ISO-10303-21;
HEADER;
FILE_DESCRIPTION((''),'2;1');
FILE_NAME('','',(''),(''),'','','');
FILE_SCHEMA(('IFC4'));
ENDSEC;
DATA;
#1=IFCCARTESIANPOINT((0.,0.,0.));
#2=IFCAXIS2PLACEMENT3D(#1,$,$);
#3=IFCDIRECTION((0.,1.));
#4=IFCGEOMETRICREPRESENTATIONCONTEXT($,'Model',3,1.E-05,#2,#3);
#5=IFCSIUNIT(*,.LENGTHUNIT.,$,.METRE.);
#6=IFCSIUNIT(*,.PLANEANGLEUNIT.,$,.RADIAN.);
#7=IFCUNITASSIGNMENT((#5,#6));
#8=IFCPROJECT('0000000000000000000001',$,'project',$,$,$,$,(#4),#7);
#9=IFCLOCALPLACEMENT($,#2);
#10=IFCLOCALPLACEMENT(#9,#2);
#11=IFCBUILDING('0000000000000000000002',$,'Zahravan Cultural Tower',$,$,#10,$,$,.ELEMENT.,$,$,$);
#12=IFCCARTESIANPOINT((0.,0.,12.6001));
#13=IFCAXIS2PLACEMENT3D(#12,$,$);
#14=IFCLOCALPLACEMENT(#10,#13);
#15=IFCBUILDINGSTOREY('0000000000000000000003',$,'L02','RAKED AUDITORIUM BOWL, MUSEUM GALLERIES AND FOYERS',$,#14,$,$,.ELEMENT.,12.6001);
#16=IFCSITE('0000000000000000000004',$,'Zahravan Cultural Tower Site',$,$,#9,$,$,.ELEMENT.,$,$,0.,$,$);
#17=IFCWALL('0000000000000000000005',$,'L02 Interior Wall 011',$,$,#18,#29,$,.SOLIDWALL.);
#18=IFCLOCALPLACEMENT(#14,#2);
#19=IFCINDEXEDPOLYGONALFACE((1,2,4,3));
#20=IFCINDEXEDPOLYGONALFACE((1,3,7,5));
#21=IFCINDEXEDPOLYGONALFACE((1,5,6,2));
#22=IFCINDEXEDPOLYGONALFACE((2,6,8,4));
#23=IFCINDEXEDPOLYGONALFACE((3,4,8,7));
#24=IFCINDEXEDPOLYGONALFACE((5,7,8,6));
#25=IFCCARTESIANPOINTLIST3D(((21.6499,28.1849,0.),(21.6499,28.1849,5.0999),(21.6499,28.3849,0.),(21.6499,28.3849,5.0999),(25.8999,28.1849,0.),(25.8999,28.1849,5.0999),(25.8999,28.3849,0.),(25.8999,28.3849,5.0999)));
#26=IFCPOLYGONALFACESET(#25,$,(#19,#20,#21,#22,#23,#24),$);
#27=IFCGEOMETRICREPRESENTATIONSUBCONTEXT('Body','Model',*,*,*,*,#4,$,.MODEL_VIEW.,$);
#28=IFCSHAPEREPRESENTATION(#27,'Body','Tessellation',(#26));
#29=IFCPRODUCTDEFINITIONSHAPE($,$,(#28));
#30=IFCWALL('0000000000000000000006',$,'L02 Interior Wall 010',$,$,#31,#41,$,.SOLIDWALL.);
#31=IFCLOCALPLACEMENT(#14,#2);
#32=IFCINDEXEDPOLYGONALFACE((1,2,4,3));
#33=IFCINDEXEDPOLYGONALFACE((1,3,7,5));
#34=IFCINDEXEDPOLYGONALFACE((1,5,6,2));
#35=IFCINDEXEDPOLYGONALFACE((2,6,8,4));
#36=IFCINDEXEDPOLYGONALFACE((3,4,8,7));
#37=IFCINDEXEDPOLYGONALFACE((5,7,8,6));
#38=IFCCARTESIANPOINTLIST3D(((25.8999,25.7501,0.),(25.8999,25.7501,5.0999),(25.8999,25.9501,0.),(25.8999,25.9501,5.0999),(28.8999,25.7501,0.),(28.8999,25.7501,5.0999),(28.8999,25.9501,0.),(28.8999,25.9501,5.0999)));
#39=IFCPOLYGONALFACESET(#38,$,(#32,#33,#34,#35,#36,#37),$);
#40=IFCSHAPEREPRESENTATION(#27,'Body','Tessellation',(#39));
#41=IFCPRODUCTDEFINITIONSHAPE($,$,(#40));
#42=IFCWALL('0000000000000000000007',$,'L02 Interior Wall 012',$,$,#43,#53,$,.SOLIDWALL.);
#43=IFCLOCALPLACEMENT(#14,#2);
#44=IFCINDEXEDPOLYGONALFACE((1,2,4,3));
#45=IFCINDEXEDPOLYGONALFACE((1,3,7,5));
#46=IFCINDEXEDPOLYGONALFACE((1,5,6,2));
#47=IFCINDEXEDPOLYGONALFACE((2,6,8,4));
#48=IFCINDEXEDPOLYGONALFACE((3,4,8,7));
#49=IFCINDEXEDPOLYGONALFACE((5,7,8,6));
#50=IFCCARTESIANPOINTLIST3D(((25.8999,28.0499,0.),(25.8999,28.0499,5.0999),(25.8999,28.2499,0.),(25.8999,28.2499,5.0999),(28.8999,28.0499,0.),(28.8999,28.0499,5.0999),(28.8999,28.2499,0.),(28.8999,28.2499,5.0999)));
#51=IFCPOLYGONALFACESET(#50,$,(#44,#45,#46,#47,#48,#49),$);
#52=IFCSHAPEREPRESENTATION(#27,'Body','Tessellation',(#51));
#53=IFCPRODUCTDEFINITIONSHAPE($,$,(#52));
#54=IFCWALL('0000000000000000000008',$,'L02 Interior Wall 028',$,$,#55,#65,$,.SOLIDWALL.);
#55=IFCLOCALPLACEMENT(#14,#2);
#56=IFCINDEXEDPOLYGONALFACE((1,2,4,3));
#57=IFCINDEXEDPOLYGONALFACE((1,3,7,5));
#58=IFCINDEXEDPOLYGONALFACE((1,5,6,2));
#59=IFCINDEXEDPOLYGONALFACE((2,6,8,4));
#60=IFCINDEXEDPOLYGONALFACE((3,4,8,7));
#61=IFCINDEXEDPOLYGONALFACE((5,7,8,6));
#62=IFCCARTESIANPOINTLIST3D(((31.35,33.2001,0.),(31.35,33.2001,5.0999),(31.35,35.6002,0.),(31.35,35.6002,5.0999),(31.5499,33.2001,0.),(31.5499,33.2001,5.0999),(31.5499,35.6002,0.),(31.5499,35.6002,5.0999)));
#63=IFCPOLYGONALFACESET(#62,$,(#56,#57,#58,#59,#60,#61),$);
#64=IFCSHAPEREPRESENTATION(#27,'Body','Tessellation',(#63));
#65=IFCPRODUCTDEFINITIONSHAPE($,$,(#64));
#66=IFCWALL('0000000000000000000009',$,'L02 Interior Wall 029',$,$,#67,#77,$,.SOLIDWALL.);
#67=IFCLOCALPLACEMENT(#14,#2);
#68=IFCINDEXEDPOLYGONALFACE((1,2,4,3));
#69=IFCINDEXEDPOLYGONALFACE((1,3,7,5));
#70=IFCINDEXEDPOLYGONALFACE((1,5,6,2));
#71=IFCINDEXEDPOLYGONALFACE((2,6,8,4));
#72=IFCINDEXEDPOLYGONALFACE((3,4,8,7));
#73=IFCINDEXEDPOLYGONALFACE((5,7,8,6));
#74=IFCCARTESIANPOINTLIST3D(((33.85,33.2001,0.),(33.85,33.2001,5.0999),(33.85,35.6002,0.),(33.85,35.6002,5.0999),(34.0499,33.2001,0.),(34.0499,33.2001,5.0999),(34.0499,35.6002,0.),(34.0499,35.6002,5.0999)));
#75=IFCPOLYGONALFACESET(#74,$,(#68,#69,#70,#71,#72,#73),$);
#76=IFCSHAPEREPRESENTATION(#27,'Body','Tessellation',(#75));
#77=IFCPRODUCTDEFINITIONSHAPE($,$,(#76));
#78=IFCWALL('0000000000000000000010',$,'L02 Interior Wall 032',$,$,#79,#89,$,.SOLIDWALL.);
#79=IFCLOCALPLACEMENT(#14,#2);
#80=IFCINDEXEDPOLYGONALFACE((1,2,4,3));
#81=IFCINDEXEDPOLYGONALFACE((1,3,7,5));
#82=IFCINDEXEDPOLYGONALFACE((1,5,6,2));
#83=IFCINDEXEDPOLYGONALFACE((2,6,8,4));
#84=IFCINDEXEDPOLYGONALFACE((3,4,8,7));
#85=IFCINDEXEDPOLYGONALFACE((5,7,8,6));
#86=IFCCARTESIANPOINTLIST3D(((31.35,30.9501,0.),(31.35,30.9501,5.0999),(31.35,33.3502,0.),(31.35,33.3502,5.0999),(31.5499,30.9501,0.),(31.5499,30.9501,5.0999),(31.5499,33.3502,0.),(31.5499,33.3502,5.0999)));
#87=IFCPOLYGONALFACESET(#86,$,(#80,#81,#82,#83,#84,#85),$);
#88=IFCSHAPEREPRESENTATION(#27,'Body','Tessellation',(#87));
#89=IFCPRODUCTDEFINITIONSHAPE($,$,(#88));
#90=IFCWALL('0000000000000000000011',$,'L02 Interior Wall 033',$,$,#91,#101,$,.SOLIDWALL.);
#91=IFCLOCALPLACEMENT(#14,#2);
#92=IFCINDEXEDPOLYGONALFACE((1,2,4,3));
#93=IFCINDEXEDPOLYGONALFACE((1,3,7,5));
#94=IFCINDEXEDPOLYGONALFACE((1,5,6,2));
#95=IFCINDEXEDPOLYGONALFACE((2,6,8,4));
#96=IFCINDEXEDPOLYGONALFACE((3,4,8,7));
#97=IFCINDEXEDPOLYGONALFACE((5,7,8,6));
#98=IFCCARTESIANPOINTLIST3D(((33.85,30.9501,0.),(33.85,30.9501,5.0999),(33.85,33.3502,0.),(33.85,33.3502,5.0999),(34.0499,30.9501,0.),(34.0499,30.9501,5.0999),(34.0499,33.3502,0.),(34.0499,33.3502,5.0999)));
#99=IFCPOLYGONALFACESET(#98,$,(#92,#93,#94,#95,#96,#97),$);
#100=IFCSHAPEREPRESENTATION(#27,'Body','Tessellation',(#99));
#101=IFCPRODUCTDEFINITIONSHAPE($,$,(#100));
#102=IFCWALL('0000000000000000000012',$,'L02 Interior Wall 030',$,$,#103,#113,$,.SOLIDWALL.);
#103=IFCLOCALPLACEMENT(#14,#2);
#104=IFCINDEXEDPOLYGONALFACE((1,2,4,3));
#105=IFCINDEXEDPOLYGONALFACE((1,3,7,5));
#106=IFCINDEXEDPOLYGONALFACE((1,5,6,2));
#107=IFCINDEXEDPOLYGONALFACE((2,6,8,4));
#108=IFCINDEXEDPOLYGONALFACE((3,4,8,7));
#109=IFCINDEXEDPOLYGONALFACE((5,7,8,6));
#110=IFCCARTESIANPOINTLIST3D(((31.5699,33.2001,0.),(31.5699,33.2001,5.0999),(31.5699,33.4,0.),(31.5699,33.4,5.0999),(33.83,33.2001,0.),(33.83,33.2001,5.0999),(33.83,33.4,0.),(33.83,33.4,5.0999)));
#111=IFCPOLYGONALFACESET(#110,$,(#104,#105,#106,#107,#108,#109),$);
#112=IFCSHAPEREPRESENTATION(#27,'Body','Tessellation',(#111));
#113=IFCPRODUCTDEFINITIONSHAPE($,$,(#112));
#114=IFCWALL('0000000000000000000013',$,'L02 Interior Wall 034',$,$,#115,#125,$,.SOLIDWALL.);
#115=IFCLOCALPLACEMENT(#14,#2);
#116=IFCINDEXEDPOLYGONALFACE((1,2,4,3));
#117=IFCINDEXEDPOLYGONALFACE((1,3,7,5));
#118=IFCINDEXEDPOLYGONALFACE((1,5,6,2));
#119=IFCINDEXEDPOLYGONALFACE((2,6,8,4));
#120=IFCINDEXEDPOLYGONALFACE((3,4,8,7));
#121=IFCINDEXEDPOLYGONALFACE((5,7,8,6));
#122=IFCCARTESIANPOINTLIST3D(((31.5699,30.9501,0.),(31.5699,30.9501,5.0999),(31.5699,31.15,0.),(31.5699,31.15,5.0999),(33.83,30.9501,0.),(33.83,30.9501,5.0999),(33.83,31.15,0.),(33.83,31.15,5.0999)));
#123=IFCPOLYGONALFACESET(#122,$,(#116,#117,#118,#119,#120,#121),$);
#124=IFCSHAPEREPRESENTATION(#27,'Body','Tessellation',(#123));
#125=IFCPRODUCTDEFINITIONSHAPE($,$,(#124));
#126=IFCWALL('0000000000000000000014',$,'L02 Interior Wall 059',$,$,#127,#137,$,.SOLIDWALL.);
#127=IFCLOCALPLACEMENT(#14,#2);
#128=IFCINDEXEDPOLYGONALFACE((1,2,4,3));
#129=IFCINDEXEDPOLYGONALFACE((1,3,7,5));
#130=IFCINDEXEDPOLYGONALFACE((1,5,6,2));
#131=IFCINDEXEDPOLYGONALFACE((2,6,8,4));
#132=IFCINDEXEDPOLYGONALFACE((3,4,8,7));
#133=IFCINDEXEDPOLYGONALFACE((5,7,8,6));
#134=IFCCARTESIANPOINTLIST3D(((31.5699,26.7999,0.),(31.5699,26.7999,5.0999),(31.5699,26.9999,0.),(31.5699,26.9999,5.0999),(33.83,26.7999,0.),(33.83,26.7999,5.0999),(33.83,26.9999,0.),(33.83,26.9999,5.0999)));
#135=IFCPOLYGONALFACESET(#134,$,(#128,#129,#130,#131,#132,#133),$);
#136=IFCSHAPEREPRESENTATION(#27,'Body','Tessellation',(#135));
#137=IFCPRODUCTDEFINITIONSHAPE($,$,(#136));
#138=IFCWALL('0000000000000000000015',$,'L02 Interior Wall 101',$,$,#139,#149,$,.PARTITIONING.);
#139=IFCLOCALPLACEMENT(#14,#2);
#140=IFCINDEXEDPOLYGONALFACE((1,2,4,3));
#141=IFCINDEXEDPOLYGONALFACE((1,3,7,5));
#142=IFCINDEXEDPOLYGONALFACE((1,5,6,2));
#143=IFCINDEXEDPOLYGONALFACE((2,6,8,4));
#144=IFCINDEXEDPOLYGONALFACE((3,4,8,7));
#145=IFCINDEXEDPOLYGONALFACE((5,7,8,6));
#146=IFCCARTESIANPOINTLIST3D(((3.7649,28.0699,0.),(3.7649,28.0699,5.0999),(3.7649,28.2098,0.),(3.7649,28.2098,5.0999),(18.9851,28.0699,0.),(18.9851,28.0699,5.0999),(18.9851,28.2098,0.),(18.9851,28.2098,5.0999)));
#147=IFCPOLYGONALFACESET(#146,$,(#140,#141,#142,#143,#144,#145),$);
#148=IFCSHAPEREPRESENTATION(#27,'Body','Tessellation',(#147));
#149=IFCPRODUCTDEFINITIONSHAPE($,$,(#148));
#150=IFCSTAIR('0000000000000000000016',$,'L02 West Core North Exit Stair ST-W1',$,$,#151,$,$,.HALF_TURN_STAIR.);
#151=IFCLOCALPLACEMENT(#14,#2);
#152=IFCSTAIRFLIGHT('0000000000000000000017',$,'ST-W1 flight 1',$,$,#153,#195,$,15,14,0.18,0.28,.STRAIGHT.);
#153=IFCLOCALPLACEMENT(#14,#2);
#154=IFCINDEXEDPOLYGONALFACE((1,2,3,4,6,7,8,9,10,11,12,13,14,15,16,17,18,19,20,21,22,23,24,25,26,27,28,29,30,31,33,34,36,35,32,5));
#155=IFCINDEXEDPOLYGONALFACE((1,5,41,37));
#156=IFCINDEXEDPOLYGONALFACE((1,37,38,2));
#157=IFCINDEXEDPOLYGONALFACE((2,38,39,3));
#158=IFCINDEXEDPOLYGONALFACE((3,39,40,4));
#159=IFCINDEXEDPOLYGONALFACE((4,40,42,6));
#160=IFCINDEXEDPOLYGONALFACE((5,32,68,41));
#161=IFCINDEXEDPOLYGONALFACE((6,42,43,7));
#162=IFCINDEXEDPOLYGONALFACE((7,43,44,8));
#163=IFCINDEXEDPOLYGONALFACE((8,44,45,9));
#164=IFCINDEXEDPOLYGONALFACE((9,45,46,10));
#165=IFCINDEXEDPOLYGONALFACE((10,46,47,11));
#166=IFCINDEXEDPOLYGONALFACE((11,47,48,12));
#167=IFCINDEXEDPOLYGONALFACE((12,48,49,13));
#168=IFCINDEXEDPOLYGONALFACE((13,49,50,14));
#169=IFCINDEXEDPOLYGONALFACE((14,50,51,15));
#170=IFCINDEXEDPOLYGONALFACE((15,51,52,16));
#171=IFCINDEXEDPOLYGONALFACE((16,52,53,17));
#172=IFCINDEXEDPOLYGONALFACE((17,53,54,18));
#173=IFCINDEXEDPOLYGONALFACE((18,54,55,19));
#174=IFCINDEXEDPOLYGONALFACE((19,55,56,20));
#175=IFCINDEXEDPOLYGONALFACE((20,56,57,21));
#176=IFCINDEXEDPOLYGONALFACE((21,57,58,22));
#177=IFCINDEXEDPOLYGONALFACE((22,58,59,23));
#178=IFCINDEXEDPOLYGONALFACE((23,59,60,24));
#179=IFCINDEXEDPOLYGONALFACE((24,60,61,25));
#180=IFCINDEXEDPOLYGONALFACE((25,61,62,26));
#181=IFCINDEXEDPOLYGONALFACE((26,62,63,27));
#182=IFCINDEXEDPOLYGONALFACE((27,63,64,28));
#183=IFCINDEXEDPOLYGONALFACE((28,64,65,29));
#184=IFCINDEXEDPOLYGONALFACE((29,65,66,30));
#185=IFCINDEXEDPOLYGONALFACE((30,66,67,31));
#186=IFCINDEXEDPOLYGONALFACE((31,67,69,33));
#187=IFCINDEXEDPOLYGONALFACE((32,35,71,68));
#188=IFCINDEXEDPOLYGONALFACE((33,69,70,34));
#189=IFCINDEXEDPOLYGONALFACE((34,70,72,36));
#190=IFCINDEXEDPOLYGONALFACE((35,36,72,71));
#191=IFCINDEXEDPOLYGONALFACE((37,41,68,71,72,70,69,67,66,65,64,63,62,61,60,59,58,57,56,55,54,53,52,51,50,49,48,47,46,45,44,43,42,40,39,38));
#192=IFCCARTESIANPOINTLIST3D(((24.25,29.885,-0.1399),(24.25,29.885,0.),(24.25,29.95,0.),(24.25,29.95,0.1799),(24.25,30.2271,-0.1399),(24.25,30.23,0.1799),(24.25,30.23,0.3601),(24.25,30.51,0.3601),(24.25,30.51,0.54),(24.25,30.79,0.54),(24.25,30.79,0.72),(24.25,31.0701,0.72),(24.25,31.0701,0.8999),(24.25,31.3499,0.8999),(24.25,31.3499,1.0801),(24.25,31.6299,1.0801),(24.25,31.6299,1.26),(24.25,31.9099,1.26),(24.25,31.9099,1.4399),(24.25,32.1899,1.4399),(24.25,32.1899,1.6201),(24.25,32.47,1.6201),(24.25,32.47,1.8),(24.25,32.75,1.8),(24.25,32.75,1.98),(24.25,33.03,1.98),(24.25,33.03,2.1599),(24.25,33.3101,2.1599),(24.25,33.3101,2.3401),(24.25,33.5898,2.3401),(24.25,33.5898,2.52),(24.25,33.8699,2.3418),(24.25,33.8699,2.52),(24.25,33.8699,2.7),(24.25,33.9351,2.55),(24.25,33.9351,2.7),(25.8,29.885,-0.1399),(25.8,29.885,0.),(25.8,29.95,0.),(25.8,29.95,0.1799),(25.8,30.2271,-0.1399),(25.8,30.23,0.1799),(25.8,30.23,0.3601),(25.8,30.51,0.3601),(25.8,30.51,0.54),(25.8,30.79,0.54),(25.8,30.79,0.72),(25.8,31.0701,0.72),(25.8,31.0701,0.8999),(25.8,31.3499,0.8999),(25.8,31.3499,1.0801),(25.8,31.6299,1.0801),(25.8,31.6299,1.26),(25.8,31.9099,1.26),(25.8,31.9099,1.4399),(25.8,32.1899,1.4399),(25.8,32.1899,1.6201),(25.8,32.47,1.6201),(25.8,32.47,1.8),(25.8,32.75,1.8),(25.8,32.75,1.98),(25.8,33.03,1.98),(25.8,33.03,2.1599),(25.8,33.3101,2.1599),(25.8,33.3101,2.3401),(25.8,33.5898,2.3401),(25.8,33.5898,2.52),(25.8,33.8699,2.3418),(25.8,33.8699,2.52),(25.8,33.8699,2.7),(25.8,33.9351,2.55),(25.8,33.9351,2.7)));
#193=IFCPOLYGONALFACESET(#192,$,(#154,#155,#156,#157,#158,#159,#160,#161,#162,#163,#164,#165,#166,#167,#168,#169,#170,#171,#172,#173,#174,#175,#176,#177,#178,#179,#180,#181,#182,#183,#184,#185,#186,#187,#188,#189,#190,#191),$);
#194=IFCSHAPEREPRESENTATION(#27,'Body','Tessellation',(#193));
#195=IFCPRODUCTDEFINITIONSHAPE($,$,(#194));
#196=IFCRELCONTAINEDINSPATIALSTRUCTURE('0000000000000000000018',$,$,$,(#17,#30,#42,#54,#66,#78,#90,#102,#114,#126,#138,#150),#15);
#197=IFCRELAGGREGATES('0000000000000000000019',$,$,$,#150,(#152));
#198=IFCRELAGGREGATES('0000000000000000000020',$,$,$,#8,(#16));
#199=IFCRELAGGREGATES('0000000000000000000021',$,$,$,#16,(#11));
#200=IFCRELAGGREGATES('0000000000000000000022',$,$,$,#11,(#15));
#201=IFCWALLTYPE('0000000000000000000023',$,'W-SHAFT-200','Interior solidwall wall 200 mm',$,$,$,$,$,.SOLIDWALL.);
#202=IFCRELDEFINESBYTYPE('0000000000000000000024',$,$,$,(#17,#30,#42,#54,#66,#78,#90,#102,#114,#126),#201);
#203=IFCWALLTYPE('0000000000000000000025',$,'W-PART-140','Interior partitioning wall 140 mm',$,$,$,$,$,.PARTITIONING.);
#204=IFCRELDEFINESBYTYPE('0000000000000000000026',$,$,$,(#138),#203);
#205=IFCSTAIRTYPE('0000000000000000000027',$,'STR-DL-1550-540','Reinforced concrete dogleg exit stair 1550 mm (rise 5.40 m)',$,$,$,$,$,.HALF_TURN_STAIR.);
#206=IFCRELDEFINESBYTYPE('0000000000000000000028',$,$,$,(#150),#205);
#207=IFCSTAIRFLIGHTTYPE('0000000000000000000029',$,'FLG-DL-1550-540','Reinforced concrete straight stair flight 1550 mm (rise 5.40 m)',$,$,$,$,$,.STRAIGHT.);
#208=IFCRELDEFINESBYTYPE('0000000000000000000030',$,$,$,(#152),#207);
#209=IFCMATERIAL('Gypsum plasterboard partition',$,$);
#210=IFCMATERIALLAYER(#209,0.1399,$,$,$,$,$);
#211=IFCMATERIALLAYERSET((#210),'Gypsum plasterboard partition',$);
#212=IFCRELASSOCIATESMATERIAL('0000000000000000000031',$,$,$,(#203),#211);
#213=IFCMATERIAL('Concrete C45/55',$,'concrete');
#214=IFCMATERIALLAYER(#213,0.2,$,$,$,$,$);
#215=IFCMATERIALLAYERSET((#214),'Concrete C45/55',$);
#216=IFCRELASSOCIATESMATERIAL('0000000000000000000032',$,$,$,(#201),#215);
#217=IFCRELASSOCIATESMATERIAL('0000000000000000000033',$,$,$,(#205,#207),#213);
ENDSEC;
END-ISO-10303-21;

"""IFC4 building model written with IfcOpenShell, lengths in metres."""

from ifc_helpers import new_model, si_unit, direction, frame, frame_2d, origin, place, context, subcontext, project, spatial, polyline, rectangle, outline, extrude, source, transform, mapped, material, layer, layer_set, type_object, element, aggregate, save


model = new_model("IFC4")

# Units and contexts
model_context = context("Model", 3, precision=1e-05, world=origin(), true_north=direction((0.0, 1.0)))
body_context = subcontext(model_context, "Body", "Model", "MODEL_VIEW")
ifc_project = project(units=[si_unit("LENGTHUNIT", "METRE"), si_unit("PLANEANGLEUNIT", "RADIAN")], contexts=[model_context])

# Site, building, storey
site_placement = place(None, origin())
site = spatial("IfcSite", under=ifc_project, at=site_placement, Name="Zahravan Cultural Tower Site", CompositionType="ELEMENT", RefElevation=0.0)
building_placement = place(site_placement, origin())
building = spatial("IfcBuilding", under=site, at=building_placement, Name="Zahravan Cultural Tower", CompositionType="ELEMENT")
storey_placement = place(building_placement, frame((0.0, 0.0, 12.6001)))
storey = spatial("IfcBuildingStorey", under=building, at=storey_placement, Name="L02", Description="RAKED AUDITORIUM BOWL, MUSEUM GALLERIES AND FOYERS", CompositionType="ELEMENT", Elevation=12.6001)

# Shared definitions
ifc_material_1 = material(Name="Gypsum plasterboard partition")
ifc_layer_1 = layer(ifc_material_1, 0.1399)
ifc_layer_set_1 = layer_set([ifc_layer_1], Name="Gypsum plasterboard partition")
wall_type_1 = type_object("IfcWallType", Name="W-PART-140", Description="Interior partitioning wall 140 mm", PredefinedType="PARTITIONING", material=ifc_layer_set_1)
ifc_material_2 = material(Name="Concrete C45/55", Category="concrete")
ifc_layer_2 = layer(ifc_material_2, 0.2)
ifc_layer_set_2 = layer_set([ifc_layer_2], Name="Concrete C45/55")
wall_type_2 = type_object("IfcWallType", Name="W-SHAFT-200", Description="Interior solidwall wall 200 mm", PredefinedType="SOLIDWALL", material=ifc_layer_set_2)

# Walls
shared_shape_1 = source(origin(), body_context, "Body", "SweptSolid", [
    extrude(rectangle(XDim=4.25, YDim=0.2, at=frame_2d((2.125, 0.0))), origin(), (0.0, 0.0, 1.0), 5.0999),
])
for number, where, z_axis, x_axis, name in (
    (1, (21.6499, 28.2849, 0.0), (0.0, 0.0, 1.0), (1.0, 0.0, 0.0), "L02 Interior Wall 011"),
):
    element("IfcWall", number, at=place(storey_placement, frame(where, z_axis=z_axis, x_axis=x_axis)), inside=storey, type_object=wall_type_2, Name=name, PredefinedType="SOLIDWALL", context=body_context, shape_type="MappedRepresentation", body=[
        mapped(shared_shape_1, transform((0.0, 0.0, 0.0), x_axis=(1.0, 0.0, 0.0), y_axis=(0.0, 1.0, 0.0), z_axis=(0.0, 0.0, 1.0), scale=1.0)),
    ])
shared_shape_2 = source(origin(), body_context, "Body", "SweptSolid", [
    extrude(rectangle(XDim=3.0, YDim=0.2, at=frame_2d((1.5, 0.0))), origin(), (0.0, 0.0, 1.0), 5.0999),
])
for number, where, z_axis, x_axis, name in (
    (2, (25.8999, 25.8501, 0.0), (0.0, 0.0, 1.0), (1.0, 0.0, 0.0), "L02 Interior Wall 010"),
    (3, (25.8999, 28.1499, 0.0), (0.0, 0.0, 1.0), (1.0, 0.0, 0.0), "L02 Interior Wall 012"),
):
    element("IfcWall", number, at=place(storey_placement, frame(where, z_axis=z_axis, x_axis=x_axis)), inside=storey, type_object=wall_type_2, Name=name, PredefinedType="SOLIDWALL", context=body_context, shape_type="MappedRepresentation", body=[
        mapped(shared_shape_2, transform((0.0, 0.0, 0.0), x_axis=(1.0, 0.0, 0.0), y_axis=(0.0, 1.0, 0.0), z_axis=(0.0, 0.0, 1.0), scale=1.0)),
    ])
shared_shape_3 = source(origin(), body_context, "Body", "SweptSolid", [
    extrude(rectangle(XDim=2.4001, YDim=0.2, at=frame_2d((1.2002, 0.0))), origin(), (0.0, 0.0, 1.0), 5.0999),
])
for number, where, z_axis, x_axis, name in (
    (4, (31.45, 33.2, 0.0), (0.0, 0.0, 1.0), (0.0, 1.0, 0.0), "L02 Interior Wall 028"),
    (5, (33.95, 33.2, 0.0), (0.0, 0.0, 1.0), (0.0, 1.0, 0.0), "L02 Interior Wall 029"),
    (6, (31.45, 30.95, 0.0), (0.0, 0.0, 1.0), (0.0, 1.0, 0.0), "L02 Interior Wall 032"),
    (7, (33.95, 30.95, 0.0), (0.0, 0.0, 1.0), (0.0, 1.0, 0.0), "L02 Interior Wall 033"),
):
    element("IfcWall", number, at=place(storey_placement, frame(where, z_axis=z_axis, x_axis=x_axis)), inside=storey, type_object=wall_type_2, Name=name, PredefinedType="SOLIDWALL", context=body_context, shape_type="MappedRepresentation", body=[
        mapped(shared_shape_3, transform((0.0, 0.0, 0.0), x_axis=(1.0, 0.0, 0.0), y_axis=(0.0, 1.0, 0.0), z_axis=(0.0, 0.0, 1.0), scale=1.0)),
    ])
shared_shape_4 = source(origin(), body_context, "Body", "SweptSolid", [
    extrude(rectangle(XDim=2.26, YDim=0.2, at=frame_2d((1.1299, 0.0))), origin(), (0.0, 0.0, 1.0), 5.0999),
])
for number, where, z_axis, x_axis, name in (
    (8, (31.5701, 33.3, 0.0), (0.0, 0.0, 1.0), (1.0, 0.0, 0.0), "L02 Interior Wall 030"),
    (9, (31.5701, 31.05, 0.0), (0.0, 0.0, 1.0), (1.0, 0.0, 0.0), "L02 Interior Wall 034"),
    (10, (31.5701, 26.8999, 0.0), (0.0, 0.0, 1.0), (1.0, 0.0, 0.0), "L02 Interior Wall 059"),
):
    element("IfcWall", number, at=place(storey_placement, frame(where, z_axis=z_axis, x_axis=x_axis)), inside=storey, type_object=wall_type_2, Name=name, PredefinedType="SOLIDWALL", context=body_context, shape_type="MappedRepresentation", body=[
        mapped(shared_shape_4, transform((0.0, 0.0, 0.0), x_axis=(1.0, 0.0, 0.0), y_axis=(0.0, 1.0, 0.0), z_axis=(0.0, 0.0, 1.0), scale=1.0)),
    ])
shared_shape_5 = source(origin(), body_context, "Body", "SweptSolid", [
    extrude(rectangle(XDim=15.2202, YDim=0.1399, at=frame_2d((7.6101, 0.0))), origin(), (0.0, 0.0, 1.0), 5.0999),
])
wall_1_placement = place(storey_placement, frame((18.9851, 28.1399, 0.0), z_axis=(0.0, 0.0, 1.0), x_axis=(-1.0, 0.0, 0.0)))
element("IfcWall", 11, at=wall_1_placement, inside=storey, type_object=wall_type_1, Name="L02 Interior Wall 101", PredefinedType="PARTITIONING", context=body_context, shape_type="MappedRepresentation", body=[
    mapped(shared_shape_5, transform((0.0, 0.0, 0.0), x_axis=(1.0, 0.0, 0.0), y_axis=(0.0, 1.0, 0.0), z_axis=(0.0, 0.0, 1.0), scale=1.0)),
])

# Stair, stair flight
stair_type = type_object("IfcStairType", Name="STR-DL-1550-540", Description="Reinforced concrete dogleg exit stair 1550 mm (rise 5.40 m)", PredefinedType="HALF_TURN_STAIR", material=ifc_material_2)
stair_placement = place(storey_placement, origin())
stair = element("IfcStair", 12, at=stair_placement, inside=storey, type_object=stair_type, Name="L02 West Core North Exit Stair ST-W1", PredefinedType="HALF_TURN_STAIR")
stair_flight_type = type_object("IfcStairFlightType", Name="FLG-DL-1550-540", Description="Reinforced concrete straight stair flight 1550 mm (rise 5.40 m)", PredefinedType="STRAIGHT", material=ifc_material_2)
stair_flight_placement = place(storey_placement, frame((25.0249, 29.95, 0.0), z_axis=(0.0, 0.0, 1.0), x_axis=(0.0, 1.0, 0.0)))
stair_flight = element("IfcStairFlight", 13, at=stair_flight_placement, type_object=stair_flight_type, Name="ST-W1 flight 1", NumberOfRisers=15, NumberOfTreads=14, PredefinedType="STRAIGHT", RiserHeight=0.18, TreadLength=0.28, context=body_context, shape_type="SweptSolid", body=[
    extrude(outline(polyline([(-0.0649, -0.1399), (-0.0649, 0.0), (0.0, 0.0), (0.0, 0.1799), (0.28, 0.1799), (0.28, 0.3601), (0.5601, 0.3601), (0.5601, 0.54), (0.8401, 0.54), (0.8401, 0.72), (1.1201, 0.72), (1.1201, 0.8999), (1.3999, 0.8999), (1.3999, 1.0801), (1.6799, 1.0801), (1.6799, 1.26), (1.96, 1.26), (1.96, 1.4399), (2.24, 1.4399), (2.24, 1.6201), (2.52, 1.6201), (2.52, 1.8), (2.8, 1.8), (2.8, 1.98), (3.0801, 1.98), (3.0801, 2.1599), (3.3601, 2.1599), (3.3601, 2.3401), (3.6399, 2.3401), (3.6399, 2.52), (3.9199, 2.52), (3.9199, 2.7), (3.9851, 2.7), (3.9851, 2.55), (3.9199, 2.3418), (0.2771, -0.1399), (-0.0649, -0.1399)])), frame((0.0, 0.7749, 0.0), z_axis=(0.0, -1.0, 0.0), x_axis=(1.0, 0.0, 0.0)), (0.0, 0.0, 1.0), 1.55),
])
aggregate(stair, [stair_flight])

save(model, "model.ifc")
